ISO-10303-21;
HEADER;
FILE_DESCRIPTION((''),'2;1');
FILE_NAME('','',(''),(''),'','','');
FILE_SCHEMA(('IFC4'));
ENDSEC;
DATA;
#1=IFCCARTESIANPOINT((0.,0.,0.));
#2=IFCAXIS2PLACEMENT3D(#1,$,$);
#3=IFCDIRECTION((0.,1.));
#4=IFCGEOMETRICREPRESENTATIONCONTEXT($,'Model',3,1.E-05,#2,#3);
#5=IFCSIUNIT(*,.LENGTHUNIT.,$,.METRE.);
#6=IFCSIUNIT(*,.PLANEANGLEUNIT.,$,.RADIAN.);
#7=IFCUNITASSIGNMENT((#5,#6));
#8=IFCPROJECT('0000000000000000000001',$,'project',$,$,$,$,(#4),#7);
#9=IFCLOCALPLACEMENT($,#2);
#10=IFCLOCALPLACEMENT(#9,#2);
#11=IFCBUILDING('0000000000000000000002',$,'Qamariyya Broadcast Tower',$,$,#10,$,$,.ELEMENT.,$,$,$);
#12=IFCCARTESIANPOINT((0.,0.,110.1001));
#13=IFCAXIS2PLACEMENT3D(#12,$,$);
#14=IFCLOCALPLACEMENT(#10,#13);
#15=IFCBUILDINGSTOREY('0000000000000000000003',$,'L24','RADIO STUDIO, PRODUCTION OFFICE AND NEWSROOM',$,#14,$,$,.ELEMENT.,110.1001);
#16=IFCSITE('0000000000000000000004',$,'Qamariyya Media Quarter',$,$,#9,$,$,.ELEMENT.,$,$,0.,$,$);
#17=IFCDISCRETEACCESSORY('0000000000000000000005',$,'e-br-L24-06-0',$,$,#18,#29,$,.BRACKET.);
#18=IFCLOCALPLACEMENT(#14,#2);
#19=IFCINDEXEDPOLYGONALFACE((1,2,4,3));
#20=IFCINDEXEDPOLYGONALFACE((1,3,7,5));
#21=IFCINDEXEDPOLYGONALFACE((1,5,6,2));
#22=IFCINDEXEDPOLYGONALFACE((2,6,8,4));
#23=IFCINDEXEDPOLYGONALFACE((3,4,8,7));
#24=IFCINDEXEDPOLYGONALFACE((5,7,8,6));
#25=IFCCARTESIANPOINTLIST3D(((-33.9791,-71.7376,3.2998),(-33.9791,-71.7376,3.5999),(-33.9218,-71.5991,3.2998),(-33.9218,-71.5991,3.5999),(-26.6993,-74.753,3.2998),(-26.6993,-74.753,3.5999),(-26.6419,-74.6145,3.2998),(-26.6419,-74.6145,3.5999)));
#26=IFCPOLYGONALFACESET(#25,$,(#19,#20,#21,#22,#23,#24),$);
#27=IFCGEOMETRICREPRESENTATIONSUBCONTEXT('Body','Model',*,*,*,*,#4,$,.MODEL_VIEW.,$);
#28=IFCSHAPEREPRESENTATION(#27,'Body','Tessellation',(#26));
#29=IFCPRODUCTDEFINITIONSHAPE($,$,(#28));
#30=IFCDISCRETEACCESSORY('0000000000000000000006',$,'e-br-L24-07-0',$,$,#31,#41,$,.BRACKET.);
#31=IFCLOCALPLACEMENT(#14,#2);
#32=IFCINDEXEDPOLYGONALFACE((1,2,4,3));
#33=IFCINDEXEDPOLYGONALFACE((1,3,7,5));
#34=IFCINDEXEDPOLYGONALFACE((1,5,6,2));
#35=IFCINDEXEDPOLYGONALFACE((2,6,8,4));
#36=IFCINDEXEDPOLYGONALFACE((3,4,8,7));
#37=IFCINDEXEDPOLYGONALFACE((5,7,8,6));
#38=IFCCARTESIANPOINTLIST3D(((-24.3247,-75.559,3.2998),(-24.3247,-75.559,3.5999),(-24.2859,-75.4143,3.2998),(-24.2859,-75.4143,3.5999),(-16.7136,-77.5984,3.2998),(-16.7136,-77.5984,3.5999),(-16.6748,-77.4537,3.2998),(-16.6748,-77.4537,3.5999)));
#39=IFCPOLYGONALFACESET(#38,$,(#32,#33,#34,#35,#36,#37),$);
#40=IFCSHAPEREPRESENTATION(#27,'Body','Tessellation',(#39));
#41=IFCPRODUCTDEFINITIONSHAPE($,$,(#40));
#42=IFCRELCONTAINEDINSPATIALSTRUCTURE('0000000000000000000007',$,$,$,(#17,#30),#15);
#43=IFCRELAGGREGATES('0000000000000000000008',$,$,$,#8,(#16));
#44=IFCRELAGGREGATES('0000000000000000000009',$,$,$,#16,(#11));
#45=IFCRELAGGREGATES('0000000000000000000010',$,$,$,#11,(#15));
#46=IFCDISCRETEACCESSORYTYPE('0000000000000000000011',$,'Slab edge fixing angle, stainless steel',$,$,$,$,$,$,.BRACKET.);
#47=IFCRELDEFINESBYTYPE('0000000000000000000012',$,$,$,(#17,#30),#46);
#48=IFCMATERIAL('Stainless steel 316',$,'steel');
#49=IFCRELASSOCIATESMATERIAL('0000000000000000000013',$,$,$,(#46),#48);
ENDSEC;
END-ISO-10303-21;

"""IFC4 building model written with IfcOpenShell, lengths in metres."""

from ifc_helpers import new_model, si_unit, direction, frame, origin, origin_2d, place, context, subcontext, project, spatial, rectangle, extrude, material, type_object, element, save


model = new_model("IFC4")

# Units and contexts
model_context = context("Model", 3, precision=1e-05, world=origin(), true_north=direction((0.0, 1.0)))
body_context = subcontext(model_context, "Body", "Model", "MODEL_VIEW")
ifc_project = project(units=[si_unit("LENGTHUNIT", "METRE"), si_unit("PLANEANGLEUNIT", "RADIAN")], contexts=[model_context])

# Site, building, storey
site_placement = place(None, origin())
site = spatial("IfcSite", under=ifc_project, at=site_placement, Name="Qamariyya Media Quarter", CompositionType="ELEMENT", RefElevation=0.0)
building_placement = place(site_placement, origin())
building = spatial("IfcBuilding", under=site, at=building_placement, Name="Qamariyya Broadcast Tower", CompositionType="ELEMENT")
storey_placement = place(building_placement, frame((0.0, 0.0, 110.1001)))
storey = spatial("IfcBuildingStorey", under=building, at=storey_placement, Name="L24", Description="RADIO STUDIO, PRODUCTION OFFICE AND NEWSROOM", CompositionType="ELEMENT", Elevation=110.1001)

# Discrete accessories
ifc_material_1 = material(Name="Stainless steel 316", Category="steel")
discrete_accessory_type = type_object("IfcDiscreteAccessoryType", Name="Slab edge fixing angle, stainless steel", PredefinedType="BRACKET", material=ifc_material_1)
for number, where, z_axis, x_axis, name in (
    (1, (-30.3105, -73.176, 3.2998), (0.0, 0.0, 1.0), (0.92388, -0.382683, 0.0), "e-br-L24-06-0"),
    (2, (-20.4998, -76.5063, 3.2998), (0.0, 0.0, 1.0), (0.965926, -0.258819, 0.0), "e-br-L24-07-0"),
):
    element("IfcDiscreteAccessory", number, at=place(storey_placement, frame(where, z_axis=z_axis, x_axis=x_axis)), inside=storey, type_object=discrete_accessory_type, Name=name, PredefinedType="BRACKET", context=body_context, shape_type="SweptSolid", body=[
        extrude(rectangle(XDim=7.8796, YDim=0.1499, at=origin_2d()), origin(), (0.0, 0.0, 1.0), 0.3),
    ])

save(model, "model.ifc")
